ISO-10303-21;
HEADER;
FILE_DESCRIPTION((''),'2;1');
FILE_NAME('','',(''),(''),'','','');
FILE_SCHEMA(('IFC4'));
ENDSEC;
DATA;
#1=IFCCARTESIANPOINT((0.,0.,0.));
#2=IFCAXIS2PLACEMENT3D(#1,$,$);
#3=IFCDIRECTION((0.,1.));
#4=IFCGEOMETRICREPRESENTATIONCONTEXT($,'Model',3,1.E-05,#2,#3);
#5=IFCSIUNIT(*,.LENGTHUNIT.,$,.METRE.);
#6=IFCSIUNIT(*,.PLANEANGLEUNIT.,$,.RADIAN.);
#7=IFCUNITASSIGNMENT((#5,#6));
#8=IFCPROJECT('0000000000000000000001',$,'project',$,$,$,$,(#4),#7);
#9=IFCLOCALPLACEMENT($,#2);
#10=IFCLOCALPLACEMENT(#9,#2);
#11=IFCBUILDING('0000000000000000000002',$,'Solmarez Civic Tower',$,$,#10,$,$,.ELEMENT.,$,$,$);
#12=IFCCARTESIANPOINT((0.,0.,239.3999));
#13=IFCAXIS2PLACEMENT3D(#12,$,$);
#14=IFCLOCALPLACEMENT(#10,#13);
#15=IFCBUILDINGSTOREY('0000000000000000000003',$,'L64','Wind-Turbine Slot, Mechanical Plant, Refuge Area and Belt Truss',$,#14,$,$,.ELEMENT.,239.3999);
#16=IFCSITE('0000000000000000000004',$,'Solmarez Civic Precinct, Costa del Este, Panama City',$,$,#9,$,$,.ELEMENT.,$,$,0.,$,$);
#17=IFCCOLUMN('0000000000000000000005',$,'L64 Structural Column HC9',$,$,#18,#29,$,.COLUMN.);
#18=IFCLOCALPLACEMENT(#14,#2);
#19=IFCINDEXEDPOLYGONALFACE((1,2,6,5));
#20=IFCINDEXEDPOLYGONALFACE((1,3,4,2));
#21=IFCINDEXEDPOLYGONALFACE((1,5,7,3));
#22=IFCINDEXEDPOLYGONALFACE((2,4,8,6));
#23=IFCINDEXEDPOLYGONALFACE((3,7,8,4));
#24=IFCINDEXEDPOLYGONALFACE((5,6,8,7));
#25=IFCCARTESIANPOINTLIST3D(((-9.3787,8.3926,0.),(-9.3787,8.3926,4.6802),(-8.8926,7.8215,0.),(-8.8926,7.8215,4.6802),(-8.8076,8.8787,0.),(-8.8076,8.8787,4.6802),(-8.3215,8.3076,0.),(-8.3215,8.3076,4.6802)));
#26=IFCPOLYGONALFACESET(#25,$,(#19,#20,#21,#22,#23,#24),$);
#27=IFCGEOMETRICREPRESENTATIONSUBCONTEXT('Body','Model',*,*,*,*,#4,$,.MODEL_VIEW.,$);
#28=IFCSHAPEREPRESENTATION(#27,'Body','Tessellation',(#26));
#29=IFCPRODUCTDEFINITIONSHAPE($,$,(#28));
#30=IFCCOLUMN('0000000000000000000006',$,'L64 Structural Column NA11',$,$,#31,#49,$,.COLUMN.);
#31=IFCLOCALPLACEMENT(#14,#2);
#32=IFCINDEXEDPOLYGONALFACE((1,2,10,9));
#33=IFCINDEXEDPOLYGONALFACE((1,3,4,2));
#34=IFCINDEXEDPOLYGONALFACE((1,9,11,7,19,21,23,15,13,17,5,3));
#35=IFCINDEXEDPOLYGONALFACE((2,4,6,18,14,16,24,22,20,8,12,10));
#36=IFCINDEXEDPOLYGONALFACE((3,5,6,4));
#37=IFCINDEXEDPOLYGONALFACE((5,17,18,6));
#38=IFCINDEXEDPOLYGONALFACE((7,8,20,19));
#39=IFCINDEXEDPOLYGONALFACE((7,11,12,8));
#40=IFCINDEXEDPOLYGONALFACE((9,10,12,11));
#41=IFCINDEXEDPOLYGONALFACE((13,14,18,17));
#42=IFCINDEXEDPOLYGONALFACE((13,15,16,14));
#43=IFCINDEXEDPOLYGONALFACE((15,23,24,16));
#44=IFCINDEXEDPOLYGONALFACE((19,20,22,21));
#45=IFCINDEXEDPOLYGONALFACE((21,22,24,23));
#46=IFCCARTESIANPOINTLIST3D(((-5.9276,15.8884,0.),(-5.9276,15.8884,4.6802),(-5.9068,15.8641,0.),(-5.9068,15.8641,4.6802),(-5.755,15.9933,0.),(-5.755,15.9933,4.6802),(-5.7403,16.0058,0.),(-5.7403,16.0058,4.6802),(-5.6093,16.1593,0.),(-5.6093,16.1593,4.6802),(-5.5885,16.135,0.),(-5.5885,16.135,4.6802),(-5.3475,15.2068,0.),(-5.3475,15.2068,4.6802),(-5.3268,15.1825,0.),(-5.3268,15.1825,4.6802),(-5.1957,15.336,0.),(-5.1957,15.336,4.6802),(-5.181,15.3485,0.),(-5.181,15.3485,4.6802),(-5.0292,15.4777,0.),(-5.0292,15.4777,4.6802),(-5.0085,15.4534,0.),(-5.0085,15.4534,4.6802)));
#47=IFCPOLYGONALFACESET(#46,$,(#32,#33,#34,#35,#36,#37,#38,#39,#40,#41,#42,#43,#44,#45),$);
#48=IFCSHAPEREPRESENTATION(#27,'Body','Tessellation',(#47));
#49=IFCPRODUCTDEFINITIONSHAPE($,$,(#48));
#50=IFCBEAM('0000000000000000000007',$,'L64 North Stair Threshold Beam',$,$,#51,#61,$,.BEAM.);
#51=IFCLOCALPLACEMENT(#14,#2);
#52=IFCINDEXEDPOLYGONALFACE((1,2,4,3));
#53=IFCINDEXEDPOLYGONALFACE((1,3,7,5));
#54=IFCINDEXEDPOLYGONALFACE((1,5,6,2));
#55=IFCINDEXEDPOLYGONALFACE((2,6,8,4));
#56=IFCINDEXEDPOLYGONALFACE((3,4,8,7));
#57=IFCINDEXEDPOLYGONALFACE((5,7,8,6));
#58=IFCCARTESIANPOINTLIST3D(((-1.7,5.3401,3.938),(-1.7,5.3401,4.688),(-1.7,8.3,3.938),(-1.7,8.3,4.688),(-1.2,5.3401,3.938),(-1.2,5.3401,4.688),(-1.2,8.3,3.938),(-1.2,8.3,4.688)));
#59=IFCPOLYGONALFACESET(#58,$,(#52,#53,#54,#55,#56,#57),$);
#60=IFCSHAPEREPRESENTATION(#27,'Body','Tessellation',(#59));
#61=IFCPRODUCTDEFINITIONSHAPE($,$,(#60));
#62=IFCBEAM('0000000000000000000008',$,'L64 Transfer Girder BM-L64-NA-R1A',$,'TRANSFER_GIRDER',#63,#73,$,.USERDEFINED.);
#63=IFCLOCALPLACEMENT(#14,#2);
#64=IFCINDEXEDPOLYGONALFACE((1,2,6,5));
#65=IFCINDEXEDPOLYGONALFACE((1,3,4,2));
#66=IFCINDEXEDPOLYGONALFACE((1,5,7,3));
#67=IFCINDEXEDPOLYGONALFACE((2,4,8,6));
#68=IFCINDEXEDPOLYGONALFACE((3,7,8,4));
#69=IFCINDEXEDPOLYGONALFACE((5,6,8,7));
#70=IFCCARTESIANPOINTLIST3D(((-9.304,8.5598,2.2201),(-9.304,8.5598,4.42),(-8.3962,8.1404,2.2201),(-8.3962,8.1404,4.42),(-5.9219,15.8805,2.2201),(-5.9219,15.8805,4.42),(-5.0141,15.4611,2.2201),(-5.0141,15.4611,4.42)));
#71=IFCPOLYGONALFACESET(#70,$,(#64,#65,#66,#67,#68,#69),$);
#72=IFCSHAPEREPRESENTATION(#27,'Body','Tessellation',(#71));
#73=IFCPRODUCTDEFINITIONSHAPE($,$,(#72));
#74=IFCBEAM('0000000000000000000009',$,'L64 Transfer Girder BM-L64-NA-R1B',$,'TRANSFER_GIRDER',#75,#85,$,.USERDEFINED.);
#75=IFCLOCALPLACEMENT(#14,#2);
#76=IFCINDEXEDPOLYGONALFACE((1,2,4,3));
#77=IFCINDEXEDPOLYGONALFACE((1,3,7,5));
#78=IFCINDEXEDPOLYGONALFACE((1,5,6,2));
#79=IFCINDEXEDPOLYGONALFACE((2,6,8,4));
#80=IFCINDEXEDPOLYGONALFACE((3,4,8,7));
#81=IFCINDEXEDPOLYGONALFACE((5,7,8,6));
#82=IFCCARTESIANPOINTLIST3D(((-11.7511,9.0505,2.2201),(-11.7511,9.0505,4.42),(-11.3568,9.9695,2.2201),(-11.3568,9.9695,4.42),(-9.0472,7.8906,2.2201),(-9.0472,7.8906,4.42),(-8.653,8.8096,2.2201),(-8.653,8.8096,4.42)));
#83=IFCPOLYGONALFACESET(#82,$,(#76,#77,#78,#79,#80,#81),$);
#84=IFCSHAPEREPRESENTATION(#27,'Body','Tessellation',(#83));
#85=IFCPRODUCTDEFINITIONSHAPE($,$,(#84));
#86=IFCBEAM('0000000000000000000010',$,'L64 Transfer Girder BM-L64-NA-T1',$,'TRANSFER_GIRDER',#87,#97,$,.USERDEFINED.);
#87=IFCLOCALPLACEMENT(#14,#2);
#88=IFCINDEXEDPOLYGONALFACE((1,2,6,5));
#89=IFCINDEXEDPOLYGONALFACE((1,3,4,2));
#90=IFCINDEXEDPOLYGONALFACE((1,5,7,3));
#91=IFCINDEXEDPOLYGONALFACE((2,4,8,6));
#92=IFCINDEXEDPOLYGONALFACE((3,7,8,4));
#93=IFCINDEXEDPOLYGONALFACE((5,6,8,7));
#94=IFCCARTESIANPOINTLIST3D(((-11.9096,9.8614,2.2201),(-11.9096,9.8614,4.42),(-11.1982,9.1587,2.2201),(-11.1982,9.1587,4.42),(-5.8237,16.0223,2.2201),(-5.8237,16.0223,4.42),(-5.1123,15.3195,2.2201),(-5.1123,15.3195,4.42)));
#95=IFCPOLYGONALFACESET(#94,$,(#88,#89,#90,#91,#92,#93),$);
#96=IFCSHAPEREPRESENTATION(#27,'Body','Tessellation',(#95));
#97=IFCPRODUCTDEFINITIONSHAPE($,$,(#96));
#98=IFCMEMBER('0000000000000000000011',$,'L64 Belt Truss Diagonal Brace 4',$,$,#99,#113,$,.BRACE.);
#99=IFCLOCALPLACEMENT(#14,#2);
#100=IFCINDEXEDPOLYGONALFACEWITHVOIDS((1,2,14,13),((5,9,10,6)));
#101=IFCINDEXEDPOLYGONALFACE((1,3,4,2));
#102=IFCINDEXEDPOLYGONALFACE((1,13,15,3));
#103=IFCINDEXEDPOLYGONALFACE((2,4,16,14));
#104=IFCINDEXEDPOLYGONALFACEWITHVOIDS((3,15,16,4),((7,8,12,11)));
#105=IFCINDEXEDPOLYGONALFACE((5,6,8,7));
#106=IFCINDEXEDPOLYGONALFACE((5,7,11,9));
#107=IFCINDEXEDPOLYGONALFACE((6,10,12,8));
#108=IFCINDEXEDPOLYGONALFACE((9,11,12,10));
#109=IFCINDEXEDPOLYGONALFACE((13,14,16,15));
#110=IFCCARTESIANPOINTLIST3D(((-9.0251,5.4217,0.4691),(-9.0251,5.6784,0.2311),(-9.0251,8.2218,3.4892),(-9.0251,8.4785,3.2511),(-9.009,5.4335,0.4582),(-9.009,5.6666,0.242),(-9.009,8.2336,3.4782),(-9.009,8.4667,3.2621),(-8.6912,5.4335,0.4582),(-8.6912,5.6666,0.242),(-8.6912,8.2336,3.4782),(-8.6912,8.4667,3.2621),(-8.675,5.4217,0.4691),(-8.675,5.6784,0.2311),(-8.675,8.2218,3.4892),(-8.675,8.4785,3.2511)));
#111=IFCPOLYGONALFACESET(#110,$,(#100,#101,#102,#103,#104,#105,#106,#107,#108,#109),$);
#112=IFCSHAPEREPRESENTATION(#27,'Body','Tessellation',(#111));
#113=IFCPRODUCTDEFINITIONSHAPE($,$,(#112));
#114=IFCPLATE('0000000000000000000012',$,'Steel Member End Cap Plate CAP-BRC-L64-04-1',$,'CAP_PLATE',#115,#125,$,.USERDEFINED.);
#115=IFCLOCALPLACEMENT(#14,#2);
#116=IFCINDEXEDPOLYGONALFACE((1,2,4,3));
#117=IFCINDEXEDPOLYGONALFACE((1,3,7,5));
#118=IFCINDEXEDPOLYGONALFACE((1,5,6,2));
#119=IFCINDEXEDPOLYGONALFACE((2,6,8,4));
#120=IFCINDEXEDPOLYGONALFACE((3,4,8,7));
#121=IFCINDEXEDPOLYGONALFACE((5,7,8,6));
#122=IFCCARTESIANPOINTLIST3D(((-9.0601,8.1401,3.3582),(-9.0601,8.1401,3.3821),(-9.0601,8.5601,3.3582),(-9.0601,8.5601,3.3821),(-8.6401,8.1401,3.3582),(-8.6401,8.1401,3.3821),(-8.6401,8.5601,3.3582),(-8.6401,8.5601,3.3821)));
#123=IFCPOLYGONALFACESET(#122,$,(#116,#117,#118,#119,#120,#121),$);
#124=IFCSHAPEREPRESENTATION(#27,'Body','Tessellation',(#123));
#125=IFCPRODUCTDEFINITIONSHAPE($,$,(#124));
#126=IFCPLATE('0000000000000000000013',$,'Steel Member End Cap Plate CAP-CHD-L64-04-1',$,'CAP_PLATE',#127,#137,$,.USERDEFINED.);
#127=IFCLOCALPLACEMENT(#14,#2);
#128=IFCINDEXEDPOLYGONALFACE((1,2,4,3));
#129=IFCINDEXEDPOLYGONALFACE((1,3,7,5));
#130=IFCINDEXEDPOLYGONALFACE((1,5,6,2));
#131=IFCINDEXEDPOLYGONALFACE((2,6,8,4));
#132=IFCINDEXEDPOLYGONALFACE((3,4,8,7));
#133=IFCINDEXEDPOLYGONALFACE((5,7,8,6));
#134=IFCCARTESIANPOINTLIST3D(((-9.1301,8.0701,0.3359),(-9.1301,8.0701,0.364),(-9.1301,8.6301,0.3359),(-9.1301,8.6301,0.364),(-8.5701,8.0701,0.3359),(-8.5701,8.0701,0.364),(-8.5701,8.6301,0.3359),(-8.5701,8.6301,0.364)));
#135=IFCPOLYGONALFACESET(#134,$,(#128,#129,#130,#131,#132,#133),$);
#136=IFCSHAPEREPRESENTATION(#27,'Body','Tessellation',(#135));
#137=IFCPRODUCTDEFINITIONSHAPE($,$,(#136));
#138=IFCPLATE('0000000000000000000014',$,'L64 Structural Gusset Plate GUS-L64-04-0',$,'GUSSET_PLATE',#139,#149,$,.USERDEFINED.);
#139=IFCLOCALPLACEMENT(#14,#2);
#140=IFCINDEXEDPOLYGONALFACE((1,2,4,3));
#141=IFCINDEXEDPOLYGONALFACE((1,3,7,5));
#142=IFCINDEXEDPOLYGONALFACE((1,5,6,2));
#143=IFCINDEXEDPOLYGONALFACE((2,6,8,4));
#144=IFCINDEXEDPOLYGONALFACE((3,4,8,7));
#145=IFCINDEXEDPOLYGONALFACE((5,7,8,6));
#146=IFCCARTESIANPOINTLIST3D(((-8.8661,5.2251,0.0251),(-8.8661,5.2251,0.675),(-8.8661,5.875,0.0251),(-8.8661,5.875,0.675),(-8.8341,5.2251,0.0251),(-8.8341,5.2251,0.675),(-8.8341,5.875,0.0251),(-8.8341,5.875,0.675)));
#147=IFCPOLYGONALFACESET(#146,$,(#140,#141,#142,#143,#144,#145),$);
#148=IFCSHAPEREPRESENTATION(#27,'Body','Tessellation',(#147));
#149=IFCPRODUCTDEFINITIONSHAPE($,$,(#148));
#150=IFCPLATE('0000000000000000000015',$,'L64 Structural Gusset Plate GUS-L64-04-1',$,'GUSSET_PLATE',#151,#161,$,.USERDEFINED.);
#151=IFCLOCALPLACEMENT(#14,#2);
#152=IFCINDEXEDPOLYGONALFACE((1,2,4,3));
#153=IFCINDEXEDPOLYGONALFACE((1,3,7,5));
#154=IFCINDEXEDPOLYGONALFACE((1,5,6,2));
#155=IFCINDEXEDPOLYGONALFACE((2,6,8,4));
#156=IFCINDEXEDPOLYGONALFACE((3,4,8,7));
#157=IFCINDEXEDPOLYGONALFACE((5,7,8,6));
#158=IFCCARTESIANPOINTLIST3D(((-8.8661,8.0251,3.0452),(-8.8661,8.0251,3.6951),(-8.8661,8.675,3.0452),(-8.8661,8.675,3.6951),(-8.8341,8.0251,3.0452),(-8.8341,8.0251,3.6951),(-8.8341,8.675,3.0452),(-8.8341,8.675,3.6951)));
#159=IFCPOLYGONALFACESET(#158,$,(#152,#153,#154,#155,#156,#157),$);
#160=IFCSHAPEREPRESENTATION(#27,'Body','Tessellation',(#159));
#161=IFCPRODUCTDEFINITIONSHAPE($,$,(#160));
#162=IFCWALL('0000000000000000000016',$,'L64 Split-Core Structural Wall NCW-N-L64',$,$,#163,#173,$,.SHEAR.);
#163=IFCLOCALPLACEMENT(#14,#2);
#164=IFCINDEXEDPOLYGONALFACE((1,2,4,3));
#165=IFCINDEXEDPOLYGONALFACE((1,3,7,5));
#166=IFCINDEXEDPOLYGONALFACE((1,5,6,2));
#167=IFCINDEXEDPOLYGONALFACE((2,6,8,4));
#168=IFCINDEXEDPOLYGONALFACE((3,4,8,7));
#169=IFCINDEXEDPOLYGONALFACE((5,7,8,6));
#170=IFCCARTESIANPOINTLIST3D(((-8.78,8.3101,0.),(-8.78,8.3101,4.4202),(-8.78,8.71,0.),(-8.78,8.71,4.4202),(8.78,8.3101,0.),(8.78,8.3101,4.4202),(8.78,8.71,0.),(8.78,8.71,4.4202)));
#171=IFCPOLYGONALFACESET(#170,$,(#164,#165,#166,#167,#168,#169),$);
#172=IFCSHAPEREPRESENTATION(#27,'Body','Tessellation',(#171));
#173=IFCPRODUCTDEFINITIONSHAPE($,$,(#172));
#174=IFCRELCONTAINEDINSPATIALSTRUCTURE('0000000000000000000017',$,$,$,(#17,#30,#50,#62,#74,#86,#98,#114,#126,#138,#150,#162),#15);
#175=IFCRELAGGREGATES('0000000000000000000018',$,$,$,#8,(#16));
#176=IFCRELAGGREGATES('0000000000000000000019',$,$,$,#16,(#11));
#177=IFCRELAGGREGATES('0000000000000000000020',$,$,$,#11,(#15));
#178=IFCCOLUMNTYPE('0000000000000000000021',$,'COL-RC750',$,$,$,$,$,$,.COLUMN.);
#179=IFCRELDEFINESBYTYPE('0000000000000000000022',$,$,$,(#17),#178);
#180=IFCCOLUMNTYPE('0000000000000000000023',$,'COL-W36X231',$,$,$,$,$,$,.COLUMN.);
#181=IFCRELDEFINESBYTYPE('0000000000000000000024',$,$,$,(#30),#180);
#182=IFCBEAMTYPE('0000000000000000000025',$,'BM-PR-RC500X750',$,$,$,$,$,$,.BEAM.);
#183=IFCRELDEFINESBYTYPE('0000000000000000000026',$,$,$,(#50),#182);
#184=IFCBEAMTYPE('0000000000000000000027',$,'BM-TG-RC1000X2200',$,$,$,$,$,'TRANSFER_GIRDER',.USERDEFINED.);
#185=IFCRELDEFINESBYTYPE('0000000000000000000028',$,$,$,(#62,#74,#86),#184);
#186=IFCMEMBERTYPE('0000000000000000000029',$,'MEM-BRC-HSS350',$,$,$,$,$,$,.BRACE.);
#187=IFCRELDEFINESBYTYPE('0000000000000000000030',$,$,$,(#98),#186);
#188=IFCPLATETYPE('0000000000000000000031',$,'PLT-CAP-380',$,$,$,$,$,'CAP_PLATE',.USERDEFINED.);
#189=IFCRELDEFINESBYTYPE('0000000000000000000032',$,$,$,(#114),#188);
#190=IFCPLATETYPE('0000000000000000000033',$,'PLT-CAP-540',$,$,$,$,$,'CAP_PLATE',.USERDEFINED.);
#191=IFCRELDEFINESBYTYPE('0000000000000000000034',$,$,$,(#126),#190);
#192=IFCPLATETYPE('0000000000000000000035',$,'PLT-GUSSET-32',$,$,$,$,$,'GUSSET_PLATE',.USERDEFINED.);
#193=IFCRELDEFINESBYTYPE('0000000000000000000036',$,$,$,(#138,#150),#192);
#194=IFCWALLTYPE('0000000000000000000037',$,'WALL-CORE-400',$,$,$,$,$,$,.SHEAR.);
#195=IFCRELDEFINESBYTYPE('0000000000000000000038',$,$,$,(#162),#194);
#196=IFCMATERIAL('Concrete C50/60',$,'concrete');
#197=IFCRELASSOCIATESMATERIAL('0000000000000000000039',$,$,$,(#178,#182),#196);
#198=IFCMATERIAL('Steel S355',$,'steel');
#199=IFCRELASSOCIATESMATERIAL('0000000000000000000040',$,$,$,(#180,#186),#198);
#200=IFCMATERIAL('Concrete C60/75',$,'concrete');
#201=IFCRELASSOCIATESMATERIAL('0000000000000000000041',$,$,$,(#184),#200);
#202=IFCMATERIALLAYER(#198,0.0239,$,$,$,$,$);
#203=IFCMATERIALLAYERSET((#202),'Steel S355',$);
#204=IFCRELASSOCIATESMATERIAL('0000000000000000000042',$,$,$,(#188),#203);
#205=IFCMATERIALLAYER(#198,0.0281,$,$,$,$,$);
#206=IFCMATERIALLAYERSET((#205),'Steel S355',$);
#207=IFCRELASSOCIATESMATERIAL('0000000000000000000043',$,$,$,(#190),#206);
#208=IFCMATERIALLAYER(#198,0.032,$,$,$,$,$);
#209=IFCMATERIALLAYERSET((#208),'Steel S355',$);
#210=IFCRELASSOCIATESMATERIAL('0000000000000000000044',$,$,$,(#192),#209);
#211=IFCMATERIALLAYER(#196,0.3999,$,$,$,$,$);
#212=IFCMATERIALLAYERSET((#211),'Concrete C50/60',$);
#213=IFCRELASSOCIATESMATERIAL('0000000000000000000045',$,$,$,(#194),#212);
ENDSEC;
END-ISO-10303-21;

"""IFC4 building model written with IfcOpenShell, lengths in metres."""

from ifc_helpers import new_model, si_unit, direction, frame, frame_2d, origin, origin_2d, place, context, subcontext, project, spatial, rectangle, hollow_rectangle, i_section, extrude, material, layer, layer_set, material_profile, profile_set, type_object, element, save


model = new_model("IFC4")

# Units and contexts
model_context = context("Model", 3, precision=1e-05, world=origin(), true_north=direction((0.0, 1.0)))
body_context = subcontext(model_context, "Body", "Model", "MODEL_VIEW")
ifc_project = project(units=[si_unit("LENGTHUNIT", "METRE"), si_unit("PLANEANGLEUNIT", "RADIAN")], contexts=[model_context])

# Site, building, storey
site_placement = place(None, origin())
site = spatial("IfcSite", under=ifc_project, at=site_placement, Name="Solmarez Civic Precinct, Costa del Este, Panama City", CompositionType="ELEMENT", RefElevation=0.0)
building_placement = place(site_placement, origin())
building = spatial("IfcBuilding", under=site, at=building_placement, Name="Solmarez Civic Tower", CompositionType="ELEMENT")
storey_placement = place(building_placement, frame((0.0, 0.0, 239.3999)))
storey = spatial("IfcBuildingStorey", under=building, at=storey_placement, Name="L64", Description="Wind-Turbine Slot, Mechanical Plant, Refuge Area and Belt Truss", CompositionType="ELEMENT", Elevation=239.3999)

# Columns
ifc_material_1 = material(Name="Concrete C50/60", Category="concrete")
ifc_material_profile_1 = material_profile(ifc_material_1, rectangle(XDim=0.75, YDim=0.75, at=origin_2d()), Name="RC750X750")
ifc_profile_set_1 = profile_set([ifc_material_profile_1], Name="Concrete C50/60")
column_type_1 = type_object("IfcColumnType", Name="COL-RC750", PredefinedType="COLUMN", material=ifc_profile_set_1)
column_1_placement = place(storey_placement, frame((-8.8501, 8.3501, 0.0), z_axis=(0.0, 0.0, 1.0), x_axis=(0.761538, 0.64812, 0.0)))
element("IfcColumn", 1, at=column_1_placement, inside=storey, type_object=column_type_1, Name="L64 Structural Column HC9", PredefinedType="COLUMN", context=body_context, shape_type="SweptSolid", body=[
    extrude(rectangle(XDim=0.75, YDim=0.75, at=origin_2d()), origin(), (0.0, 0.0, 1.0), 4.6802),
])
ifc_material_2 = material(Name="Steel S355", Category="steel")
ifc_material_profile_2 = material_profile(ifc_material_2, i_section(OverallWidth=0.418, OverallDepth=0.927, WebThickness=0.0193, FlangeThickness=0.032, at=origin_2d()), Name="W36X231")
ifc_profile_set_2 = profile_set([ifc_material_profile_2], Name="Steel S355")
column_type_2 = type_object("IfcColumnType", Name="COL-W36X231", PredefinedType="COLUMN", material=ifc_profile_set_2)
column_2_placement = place(storey_placement, frame((-5.468, 15.6709, 0.0), z_axis=(0.0, 0.0, 1.0), x_axis=(0.761538, 0.64812, 0.0)))
element("IfcColumn", 2, at=column_2_placement, inside=storey, type_object=column_type_2, Name="L64 Structural Column NA11", PredefinedType="COLUMN", context=body_context, shape_type="SweptSolid", body=[
    extrude(i_section(OverallWidth=0.418, OverallDepth=0.927, WebThickness=0.0193, FlangeThickness=0.032, at=origin_2d()), origin(), (0.0, 0.0, 1.0), 4.6802),
])

# Beams
ifc_material_profile_3 = material_profile(ifc_material_1, rectangle(XDim=0.5, YDim=0.75, at=origin_2d()), Name="RC500X750")
ifc_profile_set_3 = profile_set([ifc_material_profile_3], Name="Concrete C50/60")
beam_type_1 = type_object("IfcBeamType", Name="BM-PR-RC500X750", PredefinedType="BEAM", material=ifc_profile_set_3)
beam_1_placement = place(storey_placement, frame((-1.45, 5.3401, 4.313), z_axis=(0.0, 1.0, 0.0), x_axis=(-1.0, 0.0, 0.0)))
element("IfcBeam", 3, at=beam_1_placement, inside=storey, type_object=beam_type_1, Name="L64 North Stair Threshold Beam", PredefinedType="BEAM", context=body_context, shape_type="SweptSolid", body=[
    extrude(rectangle(XDim=0.5, YDim=0.75, at=origin_2d()), origin(), (0.0, 0.0, 1.0), 2.96),
])
ifc_material_3 = material(Name="Concrete C60/75", Category="concrete")
ifc_material_profile_4 = material_profile(ifc_material_3, rectangle(XDim=1.0, YDim=2.2, at=origin_2d()), Name="RC1000X2200")
ifc_profile_set_4 = profile_set([ifc_material_profile_4], Name="Concrete C60/75")
beam_type_2 = type_object("IfcBeamType", Name="BM-TG-RC1000X2200", ElementType="TRANSFER_GIRDER", PredefinedType="USERDEFINED", material=ifc_profile_set_4)
beam_2_placement = place(storey_placement, frame((-8.8501, 8.3501, 3.3201), z_axis=(0.41939, 0.907806, 0.0), x_axis=(-0.907806, 0.41939, 0.0)))
element("IfcBeam", 4, at=beam_2_placement, inside=storey, type_object=beam_type_2, Name="L64 Transfer Girder BM-L64-NA-R1A", ObjectType="TRANSFER_GIRDER", PredefinedType="USERDEFINED", context=body_context, shape_type="SweptSolid", body=[
    extrude(rectangle(XDim=1.0, YDim=2.2, at=origin_2d()), origin(), (0.0, 0.0, 1.0), 8.0642),
])
beam_3_placement = place(storey_placement, frame((-8.8501, 8.3501, 3.3201), z_axis=(-0.919008, 0.39424, 0.0), x_axis=(-0.39424, -0.919008, 0.0)))
element("IfcBeam", 5, at=beam_3_placement, inside=storey, type_object=beam_type_2, Name="L64 Transfer Girder BM-L64-NA-R1B", ObjectType="TRANSFER_GIRDER", PredefinedType="USERDEFINED", context=body_context, shape_type="SweptSolid", body=[
    extrude(rectangle(XDim=1.0, YDim=2.2, at=origin_2d()), origin(), (0.0, 0.0, 1.0), 2.9421),
])
beam_4_placement = place(storey_placement, frame((-5.468, 15.6709, 3.3201), z_axis=(-0.702766, -0.711421, 0.0), x_axis=(0.711421, -0.702766, 0.0)))
element("IfcBeam", 6, at=beam_4_placement, inside=storey, type_object=beam_type_2, Name="L64 Transfer Girder BM-L64-NA-T1", ObjectType="TRANSFER_GIRDER", PredefinedType="USERDEFINED", context=body_context, shape_type="SweptSolid", body=[
    extrude(rectangle(XDim=1.0, YDim=2.2, at=origin_2d()), origin(), (0.0, 0.0, 1.0), 8.6599),
])

# Member
ifc_material_profile_5 = material_profile(ifc_material_2, hollow_rectangle(XDim=0.3501, YDim=0.3501, WallThickness=0.0161, at=origin_2d()), Name="HSS350X350X16")
ifc_profile_set_5 = profile_set([ifc_material_profile_5], Name="Steel S355")
member_type = type_object("IfcMemberType", Name="MEM-BRC-HSS350", PredefinedType="BRACE", material=ifc_profile_set_5)
member_placement = place(storey_placement, frame((-8.8501, 5.55, 0.3501), z_axis=(0.0, 0.679896, 0.733308), x_axis=(-1.0, 0.0, 0.0)))
element("IfcMember", 7, at=member_placement, inside=storey, type_object=member_type, Name="L64 Belt Truss Diagonal Brace 4", PredefinedType="BRACE", context=body_context, shape_type="SweptSolid", body=[
    extrude(hollow_rectangle(XDim=0.3501, YDim=0.3501, WallThickness=0.0161, at=origin_2d()), origin(), (0.0, 0.0, 1.0), 4.1184),
])

# Plates
ifc_layer_1 = layer(ifc_material_2, 0.0239)
ifc_layer_set_1 = layer_set([ifc_layer_1], Name="Steel S355")
plate_type_1 = type_object("IfcPlateType", Name="PLT-CAP-380", ElementType="CAP_PLATE", PredefinedType="USERDEFINED", material=ifc_layer_set_1)
plate_1_placement = place(storey_placement, frame((-8.8501, 8.3501, 3.3582), z_axis=(0.0, 0.0, 1.0), x_axis=(1.0, 0.0, 0.0)))
element("IfcPlate", 8, at=plate_1_placement, inside=storey, type_object=plate_type_1, Name="Steel Member End Cap Plate CAP-BRC-L64-04-1", ObjectType="CAP_PLATE", PredefinedType="USERDEFINED", context=body_context, shape_type="SweptSolid", body=[
    extrude(rectangle(XDim=0.4199, YDim=0.4199, at=origin_2d()), origin(), (0.0, 0.0, 1.0), 0.0239),
])
ifc_layer_2 = layer(ifc_material_2, 0.0281)
ifc_layer_set_2 = layer_set([ifc_layer_2], Name="Steel S355")
plate_type_2 = type_object("IfcPlateType", Name="PLT-CAP-540", ElementType="CAP_PLATE", PredefinedType="USERDEFINED", material=ifc_layer_set_2)
plate_2_placement = place(storey_placement, frame((-8.8501, 8.3501, 0.3359), z_axis=(0.0, 0.0, 1.0), x_axis=(1.0, 0.0, 0.0)))
element("IfcPlate", 9, at=plate_2_placement, inside=storey, type_object=plate_type_2, Name="Steel Member End Cap Plate CAP-CHD-L64-04-1", ObjectType="CAP_PLATE", PredefinedType="USERDEFINED", context=body_context, shape_type="SweptSolid", body=[
    extrude(rectangle(XDim=0.5601, YDim=0.5601, at=origin_2d()), origin(), (0.0, 0.0, 1.0), 0.0281),
])
ifc_layer_3 = layer(ifc_material_2, 0.032)
ifc_layer_set_3 = layer_set([ifc_layer_3], Name="Steel S355")
plate_type_3 = type_object("IfcPlateType", Name="PLT-GUSSET-32", ElementType="GUSSET_PLATE", PredefinedType="USERDEFINED", material=ifc_layer_set_3)
for number, where, z_axis, x_axis, name in (
    (10, (-8.8501, 5.55, 0.0251), (0.0, 0.0, 1.0), (0.0, 1.0, 0.0), "L64 Structural Gusset Plate GUS-L64-04-0"),
    (11, (-8.8501, 8.3501, 3.0452), (0.0, 0.0, 1.0), (0.0, 1.0, 0.0), "L64 Structural Gusset Plate GUS-L64-04-1"),
):
    element("IfcPlate", number, at=place(storey_placement, frame(where, z_axis=z_axis, x_axis=x_axis)), inside=storey, type_object=plate_type_3, Name=name, ObjectType="GUSSET_PLATE", PredefinedType="USERDEFINED", context=body_context, shape_type="SweptSolid", body=[
        extrude(rectangle(XDim=0.6499, YDim=0.032, at=origin_2d()), origin(), (0.0, 0.0, 1.0), 0.6499),
    ])

# Wall
ifc_layer_4 = layer(ifc_material_1, 0.3999)
ifc_layer_set_4 = layer_set([ifc_layer_4], Name="Concrete C50/60")
wall_type_1 = type_object("IfcWallType", Name="WALL-CORE-400", PredefinedType="SHEAR", material=ifc_layer_set_4)
wall_1_placement = place(storey_placement, frame((-8.78, 8.51, 0.0), z_axis=(0.0, 0.0, 1.0), x_axis=(1.0, 0.0, 0.0)))
element("IfcWall", 12, at=wall_1_placement, inside=storey, type_object=wall_type_1, Name="L64 Split-Core Structural Wall NCW-N-L64", PredefinedType="SHEAR", context=body_context, shape_type="SweptSolid", body=[
    extrude(rectangle(XDim=17.5601, YDim=0.3999, at=frame_2d((8.78, 0.0))), origin(), (0.0, 0.0, 1.0), 4.4202),
])

save(model, "model.ifc")
